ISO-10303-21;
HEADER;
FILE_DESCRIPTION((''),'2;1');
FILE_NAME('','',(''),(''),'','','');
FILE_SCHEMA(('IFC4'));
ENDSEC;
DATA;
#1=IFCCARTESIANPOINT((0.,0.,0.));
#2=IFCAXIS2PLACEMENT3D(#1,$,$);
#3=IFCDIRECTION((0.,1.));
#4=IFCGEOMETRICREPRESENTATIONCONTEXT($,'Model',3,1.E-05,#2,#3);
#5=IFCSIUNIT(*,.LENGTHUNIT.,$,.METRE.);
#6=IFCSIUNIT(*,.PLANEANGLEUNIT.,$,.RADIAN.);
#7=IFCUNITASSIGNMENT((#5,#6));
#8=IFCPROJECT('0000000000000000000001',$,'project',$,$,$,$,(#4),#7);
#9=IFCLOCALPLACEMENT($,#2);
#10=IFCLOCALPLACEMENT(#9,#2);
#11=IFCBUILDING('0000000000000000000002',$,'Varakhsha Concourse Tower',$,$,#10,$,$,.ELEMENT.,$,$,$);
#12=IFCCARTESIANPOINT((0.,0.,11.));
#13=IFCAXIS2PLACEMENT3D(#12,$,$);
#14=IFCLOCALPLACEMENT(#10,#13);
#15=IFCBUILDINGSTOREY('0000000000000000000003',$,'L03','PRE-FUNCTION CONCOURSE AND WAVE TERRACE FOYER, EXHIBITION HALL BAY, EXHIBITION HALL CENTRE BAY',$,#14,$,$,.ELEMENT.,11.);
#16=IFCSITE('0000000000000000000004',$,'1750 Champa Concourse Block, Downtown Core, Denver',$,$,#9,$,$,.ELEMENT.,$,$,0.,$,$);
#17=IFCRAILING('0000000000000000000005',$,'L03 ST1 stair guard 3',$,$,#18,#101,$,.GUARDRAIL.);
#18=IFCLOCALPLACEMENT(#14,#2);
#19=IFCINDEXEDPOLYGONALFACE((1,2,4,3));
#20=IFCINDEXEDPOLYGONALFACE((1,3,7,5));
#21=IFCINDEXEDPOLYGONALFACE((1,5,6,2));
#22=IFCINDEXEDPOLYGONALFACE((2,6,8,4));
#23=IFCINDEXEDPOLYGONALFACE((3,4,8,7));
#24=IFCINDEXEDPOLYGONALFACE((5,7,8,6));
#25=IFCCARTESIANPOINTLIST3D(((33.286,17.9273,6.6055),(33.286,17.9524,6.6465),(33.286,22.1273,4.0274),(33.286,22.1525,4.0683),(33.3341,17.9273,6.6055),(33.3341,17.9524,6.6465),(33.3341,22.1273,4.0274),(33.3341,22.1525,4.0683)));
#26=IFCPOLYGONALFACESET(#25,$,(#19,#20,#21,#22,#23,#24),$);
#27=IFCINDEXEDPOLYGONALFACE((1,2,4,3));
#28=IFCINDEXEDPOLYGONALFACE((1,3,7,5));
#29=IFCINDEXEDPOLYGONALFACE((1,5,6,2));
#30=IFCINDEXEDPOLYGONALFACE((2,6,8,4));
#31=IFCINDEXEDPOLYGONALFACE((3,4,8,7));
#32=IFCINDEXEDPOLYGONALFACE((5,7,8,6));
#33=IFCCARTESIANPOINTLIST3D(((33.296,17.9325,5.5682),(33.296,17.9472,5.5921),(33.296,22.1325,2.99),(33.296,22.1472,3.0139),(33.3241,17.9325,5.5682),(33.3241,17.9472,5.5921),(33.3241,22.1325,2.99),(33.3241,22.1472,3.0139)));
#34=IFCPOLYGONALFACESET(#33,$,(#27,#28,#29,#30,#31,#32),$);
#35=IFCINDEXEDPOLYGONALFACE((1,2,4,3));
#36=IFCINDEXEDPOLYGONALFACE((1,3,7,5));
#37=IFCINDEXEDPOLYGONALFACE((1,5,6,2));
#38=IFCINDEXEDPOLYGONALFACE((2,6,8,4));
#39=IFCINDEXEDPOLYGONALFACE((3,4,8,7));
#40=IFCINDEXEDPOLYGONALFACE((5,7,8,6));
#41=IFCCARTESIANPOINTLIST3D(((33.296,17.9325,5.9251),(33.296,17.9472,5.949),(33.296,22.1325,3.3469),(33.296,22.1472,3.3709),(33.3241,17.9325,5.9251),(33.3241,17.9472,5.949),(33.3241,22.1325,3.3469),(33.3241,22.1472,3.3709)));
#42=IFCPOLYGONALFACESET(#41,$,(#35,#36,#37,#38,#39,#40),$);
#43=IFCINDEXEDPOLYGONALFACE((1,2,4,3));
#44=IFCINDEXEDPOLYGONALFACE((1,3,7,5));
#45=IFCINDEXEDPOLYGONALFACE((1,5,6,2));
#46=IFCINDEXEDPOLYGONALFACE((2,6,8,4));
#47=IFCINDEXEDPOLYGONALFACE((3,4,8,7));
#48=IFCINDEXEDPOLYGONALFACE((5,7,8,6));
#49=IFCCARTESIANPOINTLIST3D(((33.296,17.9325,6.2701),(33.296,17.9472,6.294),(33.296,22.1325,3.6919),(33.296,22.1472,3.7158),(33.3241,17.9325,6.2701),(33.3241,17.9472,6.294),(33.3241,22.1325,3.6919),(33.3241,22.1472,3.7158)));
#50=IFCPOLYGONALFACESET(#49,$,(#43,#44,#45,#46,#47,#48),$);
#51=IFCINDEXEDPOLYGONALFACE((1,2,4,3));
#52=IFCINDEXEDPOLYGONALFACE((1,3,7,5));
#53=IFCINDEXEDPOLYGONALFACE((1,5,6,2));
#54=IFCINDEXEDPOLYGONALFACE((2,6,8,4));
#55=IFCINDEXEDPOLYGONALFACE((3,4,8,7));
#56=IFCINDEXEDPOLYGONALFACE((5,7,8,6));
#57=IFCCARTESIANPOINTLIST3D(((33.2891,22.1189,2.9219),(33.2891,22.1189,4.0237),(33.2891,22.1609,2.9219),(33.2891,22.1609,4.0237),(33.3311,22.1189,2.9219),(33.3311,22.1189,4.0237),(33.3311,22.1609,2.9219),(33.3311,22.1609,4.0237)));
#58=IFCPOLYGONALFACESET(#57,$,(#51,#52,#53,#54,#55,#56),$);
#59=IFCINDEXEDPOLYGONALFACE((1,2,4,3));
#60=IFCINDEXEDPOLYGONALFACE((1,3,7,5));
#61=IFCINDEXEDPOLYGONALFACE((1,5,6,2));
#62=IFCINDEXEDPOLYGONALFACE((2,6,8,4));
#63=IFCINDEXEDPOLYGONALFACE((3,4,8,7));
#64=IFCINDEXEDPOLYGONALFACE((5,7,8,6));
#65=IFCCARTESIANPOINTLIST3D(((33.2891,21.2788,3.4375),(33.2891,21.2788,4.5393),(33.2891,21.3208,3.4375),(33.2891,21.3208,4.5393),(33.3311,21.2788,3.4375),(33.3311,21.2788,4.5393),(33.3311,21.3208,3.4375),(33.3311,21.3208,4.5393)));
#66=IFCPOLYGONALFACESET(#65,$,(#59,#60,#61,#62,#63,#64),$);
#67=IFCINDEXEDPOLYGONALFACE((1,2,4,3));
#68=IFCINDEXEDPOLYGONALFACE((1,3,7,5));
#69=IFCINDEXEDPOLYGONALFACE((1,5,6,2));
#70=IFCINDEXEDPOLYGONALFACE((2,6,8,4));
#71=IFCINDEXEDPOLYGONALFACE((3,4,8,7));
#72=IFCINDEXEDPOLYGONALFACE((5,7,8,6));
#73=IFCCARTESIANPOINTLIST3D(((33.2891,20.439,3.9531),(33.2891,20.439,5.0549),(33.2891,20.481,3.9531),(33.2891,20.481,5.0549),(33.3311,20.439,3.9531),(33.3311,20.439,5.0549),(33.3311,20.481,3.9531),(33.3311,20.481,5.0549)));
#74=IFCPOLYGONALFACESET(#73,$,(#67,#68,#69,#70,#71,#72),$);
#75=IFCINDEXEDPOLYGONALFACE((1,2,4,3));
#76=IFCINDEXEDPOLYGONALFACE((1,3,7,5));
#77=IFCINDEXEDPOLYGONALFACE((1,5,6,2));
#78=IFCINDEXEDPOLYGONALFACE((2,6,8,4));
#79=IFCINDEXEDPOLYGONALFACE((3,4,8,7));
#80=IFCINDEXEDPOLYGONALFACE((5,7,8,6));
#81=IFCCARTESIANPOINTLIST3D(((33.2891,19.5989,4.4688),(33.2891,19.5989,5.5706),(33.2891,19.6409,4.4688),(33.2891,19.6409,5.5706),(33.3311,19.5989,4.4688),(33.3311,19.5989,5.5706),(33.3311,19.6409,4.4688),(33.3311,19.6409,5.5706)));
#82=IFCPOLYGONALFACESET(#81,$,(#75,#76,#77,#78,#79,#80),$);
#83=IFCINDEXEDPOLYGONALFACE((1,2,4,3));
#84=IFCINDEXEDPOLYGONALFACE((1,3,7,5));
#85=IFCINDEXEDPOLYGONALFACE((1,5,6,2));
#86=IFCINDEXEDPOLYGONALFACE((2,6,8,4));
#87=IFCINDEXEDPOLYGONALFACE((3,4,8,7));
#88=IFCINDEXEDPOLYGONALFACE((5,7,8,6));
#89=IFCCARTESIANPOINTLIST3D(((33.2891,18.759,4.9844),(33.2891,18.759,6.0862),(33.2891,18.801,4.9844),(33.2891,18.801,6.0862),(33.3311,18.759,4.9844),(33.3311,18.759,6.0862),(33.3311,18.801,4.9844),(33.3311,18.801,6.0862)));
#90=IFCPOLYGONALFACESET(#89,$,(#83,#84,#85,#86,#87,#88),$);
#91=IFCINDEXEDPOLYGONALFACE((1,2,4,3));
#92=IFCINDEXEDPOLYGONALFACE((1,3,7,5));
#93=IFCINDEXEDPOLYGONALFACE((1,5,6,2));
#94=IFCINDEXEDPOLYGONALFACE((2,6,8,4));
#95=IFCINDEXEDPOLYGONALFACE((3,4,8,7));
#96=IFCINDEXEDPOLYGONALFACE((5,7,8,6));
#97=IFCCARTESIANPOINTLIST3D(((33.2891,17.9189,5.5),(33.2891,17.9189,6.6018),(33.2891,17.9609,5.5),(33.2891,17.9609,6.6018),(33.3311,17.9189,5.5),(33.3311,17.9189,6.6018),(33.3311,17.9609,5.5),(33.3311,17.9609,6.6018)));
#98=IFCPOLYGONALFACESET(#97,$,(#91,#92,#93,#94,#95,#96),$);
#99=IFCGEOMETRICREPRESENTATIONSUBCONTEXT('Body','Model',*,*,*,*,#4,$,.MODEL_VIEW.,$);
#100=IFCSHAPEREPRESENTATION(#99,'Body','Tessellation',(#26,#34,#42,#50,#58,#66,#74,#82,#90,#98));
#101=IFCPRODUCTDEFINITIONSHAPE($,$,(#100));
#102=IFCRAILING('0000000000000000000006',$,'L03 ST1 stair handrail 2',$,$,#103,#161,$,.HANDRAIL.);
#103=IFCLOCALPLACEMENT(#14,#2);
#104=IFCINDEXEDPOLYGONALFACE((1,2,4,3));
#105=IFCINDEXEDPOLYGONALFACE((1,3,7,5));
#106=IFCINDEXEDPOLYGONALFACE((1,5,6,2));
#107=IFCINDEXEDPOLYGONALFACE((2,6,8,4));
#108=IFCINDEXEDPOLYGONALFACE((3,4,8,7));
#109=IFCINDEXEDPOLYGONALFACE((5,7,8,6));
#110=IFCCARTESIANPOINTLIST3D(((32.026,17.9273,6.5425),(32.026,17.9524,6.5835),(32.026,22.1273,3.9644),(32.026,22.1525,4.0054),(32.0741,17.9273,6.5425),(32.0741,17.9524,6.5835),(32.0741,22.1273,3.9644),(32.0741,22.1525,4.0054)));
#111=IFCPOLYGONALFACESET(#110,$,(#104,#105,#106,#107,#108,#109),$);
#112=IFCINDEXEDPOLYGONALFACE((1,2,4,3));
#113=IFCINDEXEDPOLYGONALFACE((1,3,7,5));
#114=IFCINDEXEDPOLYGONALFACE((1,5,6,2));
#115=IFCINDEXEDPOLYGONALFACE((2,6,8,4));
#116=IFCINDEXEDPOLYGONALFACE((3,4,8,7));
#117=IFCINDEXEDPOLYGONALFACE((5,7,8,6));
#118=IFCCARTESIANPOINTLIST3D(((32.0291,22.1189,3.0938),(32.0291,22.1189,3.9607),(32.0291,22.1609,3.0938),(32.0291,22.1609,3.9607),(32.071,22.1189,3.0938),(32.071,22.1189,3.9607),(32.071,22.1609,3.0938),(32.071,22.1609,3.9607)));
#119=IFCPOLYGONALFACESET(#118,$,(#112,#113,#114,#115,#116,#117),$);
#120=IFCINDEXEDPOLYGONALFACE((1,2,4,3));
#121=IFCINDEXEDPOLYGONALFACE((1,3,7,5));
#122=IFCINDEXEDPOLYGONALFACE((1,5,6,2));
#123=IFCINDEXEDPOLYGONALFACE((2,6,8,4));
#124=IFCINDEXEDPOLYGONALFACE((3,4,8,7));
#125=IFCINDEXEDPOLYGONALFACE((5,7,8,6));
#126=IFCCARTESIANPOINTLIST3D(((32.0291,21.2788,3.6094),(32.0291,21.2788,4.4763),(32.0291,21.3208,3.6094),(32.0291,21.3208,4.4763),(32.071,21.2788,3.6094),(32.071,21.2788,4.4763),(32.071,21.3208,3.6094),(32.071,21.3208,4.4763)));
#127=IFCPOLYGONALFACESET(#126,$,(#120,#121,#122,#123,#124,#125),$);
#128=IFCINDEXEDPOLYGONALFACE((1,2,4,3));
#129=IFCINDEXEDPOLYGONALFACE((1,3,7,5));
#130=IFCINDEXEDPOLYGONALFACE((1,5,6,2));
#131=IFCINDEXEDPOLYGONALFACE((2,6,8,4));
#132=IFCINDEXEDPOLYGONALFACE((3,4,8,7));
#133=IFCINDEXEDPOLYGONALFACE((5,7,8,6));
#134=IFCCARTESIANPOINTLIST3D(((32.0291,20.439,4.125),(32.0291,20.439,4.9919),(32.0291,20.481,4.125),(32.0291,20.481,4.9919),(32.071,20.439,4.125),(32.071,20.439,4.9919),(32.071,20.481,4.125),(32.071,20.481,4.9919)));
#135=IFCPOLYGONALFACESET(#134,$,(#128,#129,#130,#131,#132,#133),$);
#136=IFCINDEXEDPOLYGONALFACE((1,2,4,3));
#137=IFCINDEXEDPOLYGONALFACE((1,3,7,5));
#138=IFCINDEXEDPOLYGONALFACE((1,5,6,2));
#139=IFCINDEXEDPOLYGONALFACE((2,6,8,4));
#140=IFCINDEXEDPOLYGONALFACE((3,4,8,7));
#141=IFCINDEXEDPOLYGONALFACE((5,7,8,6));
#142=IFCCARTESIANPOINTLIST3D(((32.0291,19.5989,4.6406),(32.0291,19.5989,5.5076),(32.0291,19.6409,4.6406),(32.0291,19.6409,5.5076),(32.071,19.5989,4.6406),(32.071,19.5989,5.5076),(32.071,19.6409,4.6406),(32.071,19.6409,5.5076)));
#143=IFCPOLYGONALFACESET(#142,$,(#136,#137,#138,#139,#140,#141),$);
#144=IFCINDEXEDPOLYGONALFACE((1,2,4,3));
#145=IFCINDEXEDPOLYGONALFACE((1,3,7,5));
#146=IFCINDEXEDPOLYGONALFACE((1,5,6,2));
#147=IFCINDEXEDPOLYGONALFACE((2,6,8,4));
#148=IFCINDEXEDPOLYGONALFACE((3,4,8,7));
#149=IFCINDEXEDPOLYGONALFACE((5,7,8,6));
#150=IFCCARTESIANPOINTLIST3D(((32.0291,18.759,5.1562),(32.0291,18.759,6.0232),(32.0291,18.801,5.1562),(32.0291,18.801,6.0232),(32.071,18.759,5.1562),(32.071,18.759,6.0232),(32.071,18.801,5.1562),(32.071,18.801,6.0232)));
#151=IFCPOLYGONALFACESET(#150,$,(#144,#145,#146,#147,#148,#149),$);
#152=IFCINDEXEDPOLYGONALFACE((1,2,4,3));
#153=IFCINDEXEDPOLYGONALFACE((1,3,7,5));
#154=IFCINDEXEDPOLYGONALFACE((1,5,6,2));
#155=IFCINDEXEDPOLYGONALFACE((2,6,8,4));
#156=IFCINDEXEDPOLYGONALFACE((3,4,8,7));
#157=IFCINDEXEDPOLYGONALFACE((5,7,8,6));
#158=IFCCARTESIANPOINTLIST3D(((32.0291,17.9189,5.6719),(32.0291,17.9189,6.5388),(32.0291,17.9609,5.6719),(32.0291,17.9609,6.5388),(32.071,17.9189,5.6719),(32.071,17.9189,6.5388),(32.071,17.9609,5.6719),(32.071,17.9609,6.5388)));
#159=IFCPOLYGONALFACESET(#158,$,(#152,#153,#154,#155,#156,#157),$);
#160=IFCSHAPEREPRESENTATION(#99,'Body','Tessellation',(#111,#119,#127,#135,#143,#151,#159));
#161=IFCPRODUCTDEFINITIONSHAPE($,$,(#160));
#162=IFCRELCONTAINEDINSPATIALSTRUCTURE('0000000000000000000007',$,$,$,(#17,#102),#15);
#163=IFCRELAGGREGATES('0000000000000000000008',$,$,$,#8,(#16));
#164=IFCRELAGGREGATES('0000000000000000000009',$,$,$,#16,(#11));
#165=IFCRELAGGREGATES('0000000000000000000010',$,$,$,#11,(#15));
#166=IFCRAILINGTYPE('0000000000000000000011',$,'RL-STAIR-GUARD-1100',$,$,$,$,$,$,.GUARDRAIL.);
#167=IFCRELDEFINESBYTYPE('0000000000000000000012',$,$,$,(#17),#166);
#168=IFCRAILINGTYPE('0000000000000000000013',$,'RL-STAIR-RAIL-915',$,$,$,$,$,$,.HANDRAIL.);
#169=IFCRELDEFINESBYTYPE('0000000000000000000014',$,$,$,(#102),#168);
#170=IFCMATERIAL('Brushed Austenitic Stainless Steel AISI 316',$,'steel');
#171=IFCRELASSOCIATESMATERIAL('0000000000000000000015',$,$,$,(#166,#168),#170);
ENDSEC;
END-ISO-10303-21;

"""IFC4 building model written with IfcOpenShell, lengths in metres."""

from ifc_helpers import new_model, si_unit, direction, frame, origin, origin_2d, place, context, subcontext, project, spatial, rectangle, extrude, material, type_object, element, save


model = new_model("IFC4")

# Units and contexts
model_context = context("Model", 3, precision=1e-05, world=origin(), true_north=direction((0.0, 1.0)))
body_context = subcontext(model_context, "Body", "Model", "MODEL_VIEW")
ifc_project = project(units=[si_unit("LENGTHUNIT", "METRE"), si_unit("PLANEANGLEUNIT", "RADIAN")], contexts=[model_context])

# Site, building, storey
site_placement = place(None, origin())
site = spatial("IfcSite", under=ifc_project, at=site_placement, Name="1750 Champa Concourse Block, Downtown Core, Denver", CompositionType="ELEMENT", RefElevation=0.0)
building_placement = place(site_placement, origin())
building = spatial("IfcBuilding", under=site, at=building_placement, Name="Varakhsha Concourse Tower", CompositionType="ELEMENT")
storey_placement = place(building_placement, frame((0.0, 0.0, 11.0)))
storey = spatial("IfcBuildingStorey", under=building, at=storey_placement, Name="L03", Description="PRE-FUNCTION CONCOURSE AND WAVE TERRACE FOYER, EXHIBITION HALL BAY, EXHIBITION HALL CENTRE BAY", CompositionType="ELEMENT", Elevation=11.0)

# Shared definitions
ifc_material_1 = material(Name="Brushed Austenitic Stainless Steel AISI 316", Category="steel")

# Railings
railing_type_1 = type_object("IfcRailingType", Name="RL-STAIR-GUARD-1100", PredefinedType="GUARDRAIL", material=ifc_material_1)
railing_1_placement = place(storey_placement, frame((33.3101, 22.1399, 2.9219)))
element("IfcRailing", 1, at=railing_1_placement, inside=storey, type_object=railing_type_1, Name="L03 ST1 stair guard 3", PredefinedType="GUARDRAIL", context=body_context, shape_type="SweptSolid", body=[
    extrude(rectangle(XDim=0.0481, YDim=0.0481, at=origin_2d()), frame((0.0, 0.0, 1.126), z_axis=(0.0, -0.852243, 0.523146), x_axis=(1.0, 0.0, 0.0)), (0.0, 0.0, 1.0), 4.9282),
    extrude(rectangle(XDim=0.0281, YDim=0.0281, at=origin_2d()), frame((0.0, 0.0, 0.0801), z_axis=(0.0, -0.852243, 0.523146), x_axis=(1.0, 0.0, 0.0)), (0.0, 0.0, 1.0), 4.9282),
    extrude(rectangle(XDim=0.0281, YDim=0.0281, at=origin_2d()), frame((0.0, 0.0, 0.437), z_axis=(0.0, -0.852243, 0.523146), x_axis=(1.0, 0.0, 0.0)), (0.0, 0.0, 1.0), 4.9282),
    extrude(rectangle(XDim=0.0281, YDim=0.0281, at=origin_2d()), frame((0.0, 0.0, 0.782), z_axis=(0.0, -0.852243, 0.523146), x_axis=(1.0, 0.0, 0.0)), (0.0, 0.0, 1.0), 4.9282),
    extrude(rectangle(XDim=0.042, YDim=0.042, at=origin_2d()), origin(), (0.0, 0.0, 1.0), 1.1018),
    extrude(rectangle(XDim=0.042, YDim=0.042, at=origin_2d()), frame((0.0, -0.8401, 0.5156)), (0.0, 0.0, 1.0), 1.1018),
    extrude(rectangle(XDim=0.042, YDim=0.042, at=origin_2d()), frame((0.0, -1.6799, 1.0312)), (0.0, 0.0, 1.0), 1.1018),
    extrude(rectangle(XDim=0.042, YDim=0.042, at=origin_2d()), frame((0.0, -2.52, 1.5469)), (0.0, 0.0, 1.0), 1.1018),
    extrude(rectangle(XDim=0.042, YDim=0.042, at=origin_2d()), frame((0.0, -3.3599, 2.0625)), (0.0, 0.0, 1.0), 1.1018),
    extrude(rectangle(XDim=0.042, YDim=0.042, at=origin_2d()), frame((0.0, -4.2, 2.5781)), (0.0, 0.0, 1.0), 1.1018),
])
railing_type_2 = type_object("IfcRailingType", Name="RL-STAIR-RAIL-915", PredefinedType="HANDRAIL", material=ifc_material_1)
railing_2_placement = place(storey_placement, frame((32.05, 22.1399, 3.0938)))
element("IfcRailing", 2, at=railing_2_placement, inside=storey, type_object=railing_type_2, Name="L03 ST1 stair handrail 2", PredefinedType="HANDRAIL", context=body_context, shape_type="SweptSolid", body=[
    extrude(rectangle(XDim=0.0481, YDim=0.0481, at=origin_2d()), frame((0.0, 0.0, 0.8911), z_axis=(0.0, -0.852243, 0.523146), x_axis=(1.0, 0.0, 0.0)), (0.0, 0.0, 1.0), 4.9282),
    extrude(rectangle(XDim=0.042, YDim=0.042, at=origin_2d()), origin(), (0.0, 0.0, 1.0), 0.8669),
    extrude(rectangle(XDim=0.042, YDim=0.042, at=origin_2d()), frame((0.0, -0.8401, 0.5156)), (0.0, 0.0, 1.0), 0.8669),
    extrude(rectangle(XDim=0.042, YDim=0.042, at=origin_2d()), frame((0.0, -1.6799, 1.0312)), (0.0, 0.0, 1.0), 0.8669),
    extrude(rectangle(XDim=0.042, YDim=0.042, at=origin_2d()), frame((0.0, -2.52, 1.5469)), (0.0, 0.0, 1.0), 0.8669),
    extrude(rectangle(XDim=0.042, YDim=0.042, at=origin_2d()), frame((0.0, -3.3599, 2.0625)), (0.0, 0.0, 1.0), 0.8669),
    extrude(rectangle(XDim=0.042, YDim=0.042, at=origin_2d()), frame((0.0, -4.2, 2.5781)), (0.0, 0.0, 1.0), 0.8669),
])

save(model, "model.ifc")
